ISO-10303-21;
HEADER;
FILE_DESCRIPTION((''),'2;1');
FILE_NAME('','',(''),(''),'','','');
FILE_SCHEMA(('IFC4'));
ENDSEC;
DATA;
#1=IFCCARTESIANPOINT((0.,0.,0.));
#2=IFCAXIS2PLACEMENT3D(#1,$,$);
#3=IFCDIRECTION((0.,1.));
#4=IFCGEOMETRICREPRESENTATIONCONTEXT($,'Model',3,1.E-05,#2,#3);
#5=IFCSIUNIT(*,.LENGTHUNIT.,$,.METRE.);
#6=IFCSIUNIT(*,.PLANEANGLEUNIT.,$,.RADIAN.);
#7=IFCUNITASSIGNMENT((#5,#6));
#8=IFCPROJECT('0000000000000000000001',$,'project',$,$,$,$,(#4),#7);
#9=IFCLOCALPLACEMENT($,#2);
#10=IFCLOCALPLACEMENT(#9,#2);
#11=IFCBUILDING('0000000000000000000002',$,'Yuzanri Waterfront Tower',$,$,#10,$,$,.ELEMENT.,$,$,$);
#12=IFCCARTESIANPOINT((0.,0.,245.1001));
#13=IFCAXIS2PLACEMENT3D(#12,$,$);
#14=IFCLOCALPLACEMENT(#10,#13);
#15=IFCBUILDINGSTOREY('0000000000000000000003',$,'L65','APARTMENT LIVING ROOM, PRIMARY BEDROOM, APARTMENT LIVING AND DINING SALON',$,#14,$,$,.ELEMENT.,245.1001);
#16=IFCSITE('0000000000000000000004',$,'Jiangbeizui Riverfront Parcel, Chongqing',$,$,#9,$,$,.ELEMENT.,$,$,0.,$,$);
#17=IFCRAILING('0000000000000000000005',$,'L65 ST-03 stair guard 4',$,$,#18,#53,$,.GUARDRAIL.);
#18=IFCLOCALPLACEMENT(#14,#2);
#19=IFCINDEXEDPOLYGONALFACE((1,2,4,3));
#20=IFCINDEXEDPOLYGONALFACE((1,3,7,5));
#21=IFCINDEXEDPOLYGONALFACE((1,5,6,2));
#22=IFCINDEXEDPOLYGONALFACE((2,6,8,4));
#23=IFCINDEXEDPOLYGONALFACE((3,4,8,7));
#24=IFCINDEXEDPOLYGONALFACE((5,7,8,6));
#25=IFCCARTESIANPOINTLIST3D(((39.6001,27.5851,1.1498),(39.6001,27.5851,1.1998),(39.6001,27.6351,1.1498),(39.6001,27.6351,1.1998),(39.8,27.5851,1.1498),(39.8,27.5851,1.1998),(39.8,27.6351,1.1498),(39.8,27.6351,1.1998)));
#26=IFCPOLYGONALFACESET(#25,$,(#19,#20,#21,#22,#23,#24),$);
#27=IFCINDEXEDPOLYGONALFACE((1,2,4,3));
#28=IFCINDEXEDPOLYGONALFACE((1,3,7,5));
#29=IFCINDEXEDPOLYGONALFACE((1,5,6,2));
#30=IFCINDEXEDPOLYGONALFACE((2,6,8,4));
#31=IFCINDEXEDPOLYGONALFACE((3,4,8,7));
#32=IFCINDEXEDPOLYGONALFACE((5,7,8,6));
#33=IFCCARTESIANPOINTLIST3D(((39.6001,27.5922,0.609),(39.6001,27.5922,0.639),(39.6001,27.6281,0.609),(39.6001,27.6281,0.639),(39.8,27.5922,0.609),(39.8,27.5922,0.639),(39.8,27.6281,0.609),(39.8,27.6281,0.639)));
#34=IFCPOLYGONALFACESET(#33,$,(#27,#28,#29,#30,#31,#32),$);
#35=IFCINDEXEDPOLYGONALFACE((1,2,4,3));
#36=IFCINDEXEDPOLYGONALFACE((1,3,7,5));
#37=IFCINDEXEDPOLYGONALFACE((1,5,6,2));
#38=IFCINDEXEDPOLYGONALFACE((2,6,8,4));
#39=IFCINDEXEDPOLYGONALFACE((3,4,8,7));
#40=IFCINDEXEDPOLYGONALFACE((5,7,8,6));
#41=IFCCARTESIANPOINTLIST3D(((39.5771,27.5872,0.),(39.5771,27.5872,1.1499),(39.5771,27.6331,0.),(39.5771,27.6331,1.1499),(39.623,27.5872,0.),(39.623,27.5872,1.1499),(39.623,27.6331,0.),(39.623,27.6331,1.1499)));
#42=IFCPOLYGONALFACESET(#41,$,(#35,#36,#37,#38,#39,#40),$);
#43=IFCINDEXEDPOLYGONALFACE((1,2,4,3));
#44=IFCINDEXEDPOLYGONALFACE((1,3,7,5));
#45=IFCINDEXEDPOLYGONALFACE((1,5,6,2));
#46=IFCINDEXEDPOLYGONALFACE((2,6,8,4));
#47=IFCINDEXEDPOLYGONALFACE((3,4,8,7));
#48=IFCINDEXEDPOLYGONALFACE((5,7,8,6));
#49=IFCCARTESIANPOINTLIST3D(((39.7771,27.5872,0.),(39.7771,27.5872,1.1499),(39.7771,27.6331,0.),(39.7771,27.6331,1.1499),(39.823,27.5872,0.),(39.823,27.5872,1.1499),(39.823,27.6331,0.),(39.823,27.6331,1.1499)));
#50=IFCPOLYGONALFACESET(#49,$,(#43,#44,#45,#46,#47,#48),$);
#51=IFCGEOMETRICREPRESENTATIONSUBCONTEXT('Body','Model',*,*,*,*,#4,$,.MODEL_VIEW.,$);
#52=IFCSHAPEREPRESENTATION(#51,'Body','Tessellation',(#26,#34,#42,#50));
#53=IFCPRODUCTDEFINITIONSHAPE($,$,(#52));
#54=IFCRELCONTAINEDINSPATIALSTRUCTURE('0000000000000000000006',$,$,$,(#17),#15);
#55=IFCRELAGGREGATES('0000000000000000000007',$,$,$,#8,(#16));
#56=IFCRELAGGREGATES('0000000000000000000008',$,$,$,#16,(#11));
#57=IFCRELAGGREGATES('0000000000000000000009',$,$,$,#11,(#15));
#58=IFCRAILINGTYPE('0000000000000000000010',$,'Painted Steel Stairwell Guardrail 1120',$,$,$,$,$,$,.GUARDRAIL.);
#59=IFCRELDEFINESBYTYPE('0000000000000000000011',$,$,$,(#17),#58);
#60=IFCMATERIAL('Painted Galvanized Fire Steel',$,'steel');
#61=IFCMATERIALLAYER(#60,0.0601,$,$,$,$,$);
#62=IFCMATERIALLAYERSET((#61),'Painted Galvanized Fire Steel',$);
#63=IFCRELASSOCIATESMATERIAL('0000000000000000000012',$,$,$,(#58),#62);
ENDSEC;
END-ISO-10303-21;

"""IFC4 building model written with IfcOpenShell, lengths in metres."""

from ifc_helpers import new_model, si_unit, direction, frame, origin, origin_2d, place, context, subcontext, project, spatial, rectangle, extrude, source, transform, mapped, material, layer, layer_set, type_object, element, save


model = new_model("IFC4")

# Units and contexts
model_context = context("Model", 3, precision=1e-05, world=origin(), true_north=direction((0.0, 1.0)))
body_context = subcontext(model_context, "Body", "Model", "MODEL_VIEW")
ifc_project = project(units=[si_unit("LENGTHUNIT", "METRE"), si_unit("PLANEANGLEUNIT", "RADIAN")], contexts=[model_context])

# Site, building, storey
site_placement = place(None, origin())
site = spatial("IfcSite", under=ifc_project, at=site_placement, Name="Jiangbeizui Riverfront Parcel, Chongqing", CompositionType="ELEMENT", RefElevation=0.0)
building_placement = place(site_placement, origin())
building = spatial("IfcBuilding", under=site, at=building_placement, Name="Yuzanri Waterfront Tower", CompositionType="ELEMENT")
storey_placement = place(building_placement, frame((0.0, 0.0, 245.1001)))
storey = spatial("IfcBuildingStorey", under=building, at=storey_placement, Name="L65", Description="APARTMENT LIVING ROOM, PRIMARY BEDROOM, APARTMENT LIVING AND DINING SALON", CompositionType="ELEMENT", Elevation=245.1001)

# Railing
ifc_material_1 = material(Name="Painted Galvanized Fire Steel", Category="steel")
ifc_layer_1 = layer(ifc_material_1, 0.0601)
ifc_layer_set_1 = layer_set([ifc_layer_1], Name="Painted Galvanized Fire Steel")
railing_type_1 = type_object("IfcRailingType", Name="Painted Steel Stairwell Guardrail 1120", PredefinedType="GUARDRAIL", material=ifc_layer_set_1)
shared_shape_1 = source(origin(), body_context, "Body", "SweptSolid", [
    extrude(rectangle(XDim=0.05, YDim=0.05, at=origin_2d()), frame((0.0, 0.0, 1.1748), z_axis=(1.0, 0.0, 0.0), x_axis=(0.0, 1.0, 0.0)), (0.0, 0.0, 1.0), 0.2),
    extrude(rectangle(XDim=0.0359, YDim=0.03, at=origin_2d()), frame((0.0, 0.0, 0.624), z_axis=(1.0, 0.0, 0.0), x_axis=(0.0, 1.0, 0.0)), (0.0, 0.0, 1.0), 0.2),
    extrude(rectangle(XDim=0.0459, YDim=0.0459, at=origin_2d()), origin(), (0.0, 0.0, 1.0), 1.1499),
    extrude(rectangle(XDim=0.0459, YDim=0.0459, at=origin_2d()), frame((0.2, 0.0, 0.0)), (0.0, 0.0, 1.0), 1.1499),
])
railing_1_placement = place(storey_placement, frame((39.6001, 27.6101, 0.0)))
element("IfcRailing", 1, at=railing_1_placement, inside=storey, type_object=railing_type_1, Name="L65 ST-03 stair guard 4", PredefinedType="GUARDRAIL", context=body_context, shape_type="MappedRepresentation", body=[
    mapped(shared_shape_1, transform((0.0, 0.0, 0.0), scale=1.0)),
])

save(model, "model.ifc")
